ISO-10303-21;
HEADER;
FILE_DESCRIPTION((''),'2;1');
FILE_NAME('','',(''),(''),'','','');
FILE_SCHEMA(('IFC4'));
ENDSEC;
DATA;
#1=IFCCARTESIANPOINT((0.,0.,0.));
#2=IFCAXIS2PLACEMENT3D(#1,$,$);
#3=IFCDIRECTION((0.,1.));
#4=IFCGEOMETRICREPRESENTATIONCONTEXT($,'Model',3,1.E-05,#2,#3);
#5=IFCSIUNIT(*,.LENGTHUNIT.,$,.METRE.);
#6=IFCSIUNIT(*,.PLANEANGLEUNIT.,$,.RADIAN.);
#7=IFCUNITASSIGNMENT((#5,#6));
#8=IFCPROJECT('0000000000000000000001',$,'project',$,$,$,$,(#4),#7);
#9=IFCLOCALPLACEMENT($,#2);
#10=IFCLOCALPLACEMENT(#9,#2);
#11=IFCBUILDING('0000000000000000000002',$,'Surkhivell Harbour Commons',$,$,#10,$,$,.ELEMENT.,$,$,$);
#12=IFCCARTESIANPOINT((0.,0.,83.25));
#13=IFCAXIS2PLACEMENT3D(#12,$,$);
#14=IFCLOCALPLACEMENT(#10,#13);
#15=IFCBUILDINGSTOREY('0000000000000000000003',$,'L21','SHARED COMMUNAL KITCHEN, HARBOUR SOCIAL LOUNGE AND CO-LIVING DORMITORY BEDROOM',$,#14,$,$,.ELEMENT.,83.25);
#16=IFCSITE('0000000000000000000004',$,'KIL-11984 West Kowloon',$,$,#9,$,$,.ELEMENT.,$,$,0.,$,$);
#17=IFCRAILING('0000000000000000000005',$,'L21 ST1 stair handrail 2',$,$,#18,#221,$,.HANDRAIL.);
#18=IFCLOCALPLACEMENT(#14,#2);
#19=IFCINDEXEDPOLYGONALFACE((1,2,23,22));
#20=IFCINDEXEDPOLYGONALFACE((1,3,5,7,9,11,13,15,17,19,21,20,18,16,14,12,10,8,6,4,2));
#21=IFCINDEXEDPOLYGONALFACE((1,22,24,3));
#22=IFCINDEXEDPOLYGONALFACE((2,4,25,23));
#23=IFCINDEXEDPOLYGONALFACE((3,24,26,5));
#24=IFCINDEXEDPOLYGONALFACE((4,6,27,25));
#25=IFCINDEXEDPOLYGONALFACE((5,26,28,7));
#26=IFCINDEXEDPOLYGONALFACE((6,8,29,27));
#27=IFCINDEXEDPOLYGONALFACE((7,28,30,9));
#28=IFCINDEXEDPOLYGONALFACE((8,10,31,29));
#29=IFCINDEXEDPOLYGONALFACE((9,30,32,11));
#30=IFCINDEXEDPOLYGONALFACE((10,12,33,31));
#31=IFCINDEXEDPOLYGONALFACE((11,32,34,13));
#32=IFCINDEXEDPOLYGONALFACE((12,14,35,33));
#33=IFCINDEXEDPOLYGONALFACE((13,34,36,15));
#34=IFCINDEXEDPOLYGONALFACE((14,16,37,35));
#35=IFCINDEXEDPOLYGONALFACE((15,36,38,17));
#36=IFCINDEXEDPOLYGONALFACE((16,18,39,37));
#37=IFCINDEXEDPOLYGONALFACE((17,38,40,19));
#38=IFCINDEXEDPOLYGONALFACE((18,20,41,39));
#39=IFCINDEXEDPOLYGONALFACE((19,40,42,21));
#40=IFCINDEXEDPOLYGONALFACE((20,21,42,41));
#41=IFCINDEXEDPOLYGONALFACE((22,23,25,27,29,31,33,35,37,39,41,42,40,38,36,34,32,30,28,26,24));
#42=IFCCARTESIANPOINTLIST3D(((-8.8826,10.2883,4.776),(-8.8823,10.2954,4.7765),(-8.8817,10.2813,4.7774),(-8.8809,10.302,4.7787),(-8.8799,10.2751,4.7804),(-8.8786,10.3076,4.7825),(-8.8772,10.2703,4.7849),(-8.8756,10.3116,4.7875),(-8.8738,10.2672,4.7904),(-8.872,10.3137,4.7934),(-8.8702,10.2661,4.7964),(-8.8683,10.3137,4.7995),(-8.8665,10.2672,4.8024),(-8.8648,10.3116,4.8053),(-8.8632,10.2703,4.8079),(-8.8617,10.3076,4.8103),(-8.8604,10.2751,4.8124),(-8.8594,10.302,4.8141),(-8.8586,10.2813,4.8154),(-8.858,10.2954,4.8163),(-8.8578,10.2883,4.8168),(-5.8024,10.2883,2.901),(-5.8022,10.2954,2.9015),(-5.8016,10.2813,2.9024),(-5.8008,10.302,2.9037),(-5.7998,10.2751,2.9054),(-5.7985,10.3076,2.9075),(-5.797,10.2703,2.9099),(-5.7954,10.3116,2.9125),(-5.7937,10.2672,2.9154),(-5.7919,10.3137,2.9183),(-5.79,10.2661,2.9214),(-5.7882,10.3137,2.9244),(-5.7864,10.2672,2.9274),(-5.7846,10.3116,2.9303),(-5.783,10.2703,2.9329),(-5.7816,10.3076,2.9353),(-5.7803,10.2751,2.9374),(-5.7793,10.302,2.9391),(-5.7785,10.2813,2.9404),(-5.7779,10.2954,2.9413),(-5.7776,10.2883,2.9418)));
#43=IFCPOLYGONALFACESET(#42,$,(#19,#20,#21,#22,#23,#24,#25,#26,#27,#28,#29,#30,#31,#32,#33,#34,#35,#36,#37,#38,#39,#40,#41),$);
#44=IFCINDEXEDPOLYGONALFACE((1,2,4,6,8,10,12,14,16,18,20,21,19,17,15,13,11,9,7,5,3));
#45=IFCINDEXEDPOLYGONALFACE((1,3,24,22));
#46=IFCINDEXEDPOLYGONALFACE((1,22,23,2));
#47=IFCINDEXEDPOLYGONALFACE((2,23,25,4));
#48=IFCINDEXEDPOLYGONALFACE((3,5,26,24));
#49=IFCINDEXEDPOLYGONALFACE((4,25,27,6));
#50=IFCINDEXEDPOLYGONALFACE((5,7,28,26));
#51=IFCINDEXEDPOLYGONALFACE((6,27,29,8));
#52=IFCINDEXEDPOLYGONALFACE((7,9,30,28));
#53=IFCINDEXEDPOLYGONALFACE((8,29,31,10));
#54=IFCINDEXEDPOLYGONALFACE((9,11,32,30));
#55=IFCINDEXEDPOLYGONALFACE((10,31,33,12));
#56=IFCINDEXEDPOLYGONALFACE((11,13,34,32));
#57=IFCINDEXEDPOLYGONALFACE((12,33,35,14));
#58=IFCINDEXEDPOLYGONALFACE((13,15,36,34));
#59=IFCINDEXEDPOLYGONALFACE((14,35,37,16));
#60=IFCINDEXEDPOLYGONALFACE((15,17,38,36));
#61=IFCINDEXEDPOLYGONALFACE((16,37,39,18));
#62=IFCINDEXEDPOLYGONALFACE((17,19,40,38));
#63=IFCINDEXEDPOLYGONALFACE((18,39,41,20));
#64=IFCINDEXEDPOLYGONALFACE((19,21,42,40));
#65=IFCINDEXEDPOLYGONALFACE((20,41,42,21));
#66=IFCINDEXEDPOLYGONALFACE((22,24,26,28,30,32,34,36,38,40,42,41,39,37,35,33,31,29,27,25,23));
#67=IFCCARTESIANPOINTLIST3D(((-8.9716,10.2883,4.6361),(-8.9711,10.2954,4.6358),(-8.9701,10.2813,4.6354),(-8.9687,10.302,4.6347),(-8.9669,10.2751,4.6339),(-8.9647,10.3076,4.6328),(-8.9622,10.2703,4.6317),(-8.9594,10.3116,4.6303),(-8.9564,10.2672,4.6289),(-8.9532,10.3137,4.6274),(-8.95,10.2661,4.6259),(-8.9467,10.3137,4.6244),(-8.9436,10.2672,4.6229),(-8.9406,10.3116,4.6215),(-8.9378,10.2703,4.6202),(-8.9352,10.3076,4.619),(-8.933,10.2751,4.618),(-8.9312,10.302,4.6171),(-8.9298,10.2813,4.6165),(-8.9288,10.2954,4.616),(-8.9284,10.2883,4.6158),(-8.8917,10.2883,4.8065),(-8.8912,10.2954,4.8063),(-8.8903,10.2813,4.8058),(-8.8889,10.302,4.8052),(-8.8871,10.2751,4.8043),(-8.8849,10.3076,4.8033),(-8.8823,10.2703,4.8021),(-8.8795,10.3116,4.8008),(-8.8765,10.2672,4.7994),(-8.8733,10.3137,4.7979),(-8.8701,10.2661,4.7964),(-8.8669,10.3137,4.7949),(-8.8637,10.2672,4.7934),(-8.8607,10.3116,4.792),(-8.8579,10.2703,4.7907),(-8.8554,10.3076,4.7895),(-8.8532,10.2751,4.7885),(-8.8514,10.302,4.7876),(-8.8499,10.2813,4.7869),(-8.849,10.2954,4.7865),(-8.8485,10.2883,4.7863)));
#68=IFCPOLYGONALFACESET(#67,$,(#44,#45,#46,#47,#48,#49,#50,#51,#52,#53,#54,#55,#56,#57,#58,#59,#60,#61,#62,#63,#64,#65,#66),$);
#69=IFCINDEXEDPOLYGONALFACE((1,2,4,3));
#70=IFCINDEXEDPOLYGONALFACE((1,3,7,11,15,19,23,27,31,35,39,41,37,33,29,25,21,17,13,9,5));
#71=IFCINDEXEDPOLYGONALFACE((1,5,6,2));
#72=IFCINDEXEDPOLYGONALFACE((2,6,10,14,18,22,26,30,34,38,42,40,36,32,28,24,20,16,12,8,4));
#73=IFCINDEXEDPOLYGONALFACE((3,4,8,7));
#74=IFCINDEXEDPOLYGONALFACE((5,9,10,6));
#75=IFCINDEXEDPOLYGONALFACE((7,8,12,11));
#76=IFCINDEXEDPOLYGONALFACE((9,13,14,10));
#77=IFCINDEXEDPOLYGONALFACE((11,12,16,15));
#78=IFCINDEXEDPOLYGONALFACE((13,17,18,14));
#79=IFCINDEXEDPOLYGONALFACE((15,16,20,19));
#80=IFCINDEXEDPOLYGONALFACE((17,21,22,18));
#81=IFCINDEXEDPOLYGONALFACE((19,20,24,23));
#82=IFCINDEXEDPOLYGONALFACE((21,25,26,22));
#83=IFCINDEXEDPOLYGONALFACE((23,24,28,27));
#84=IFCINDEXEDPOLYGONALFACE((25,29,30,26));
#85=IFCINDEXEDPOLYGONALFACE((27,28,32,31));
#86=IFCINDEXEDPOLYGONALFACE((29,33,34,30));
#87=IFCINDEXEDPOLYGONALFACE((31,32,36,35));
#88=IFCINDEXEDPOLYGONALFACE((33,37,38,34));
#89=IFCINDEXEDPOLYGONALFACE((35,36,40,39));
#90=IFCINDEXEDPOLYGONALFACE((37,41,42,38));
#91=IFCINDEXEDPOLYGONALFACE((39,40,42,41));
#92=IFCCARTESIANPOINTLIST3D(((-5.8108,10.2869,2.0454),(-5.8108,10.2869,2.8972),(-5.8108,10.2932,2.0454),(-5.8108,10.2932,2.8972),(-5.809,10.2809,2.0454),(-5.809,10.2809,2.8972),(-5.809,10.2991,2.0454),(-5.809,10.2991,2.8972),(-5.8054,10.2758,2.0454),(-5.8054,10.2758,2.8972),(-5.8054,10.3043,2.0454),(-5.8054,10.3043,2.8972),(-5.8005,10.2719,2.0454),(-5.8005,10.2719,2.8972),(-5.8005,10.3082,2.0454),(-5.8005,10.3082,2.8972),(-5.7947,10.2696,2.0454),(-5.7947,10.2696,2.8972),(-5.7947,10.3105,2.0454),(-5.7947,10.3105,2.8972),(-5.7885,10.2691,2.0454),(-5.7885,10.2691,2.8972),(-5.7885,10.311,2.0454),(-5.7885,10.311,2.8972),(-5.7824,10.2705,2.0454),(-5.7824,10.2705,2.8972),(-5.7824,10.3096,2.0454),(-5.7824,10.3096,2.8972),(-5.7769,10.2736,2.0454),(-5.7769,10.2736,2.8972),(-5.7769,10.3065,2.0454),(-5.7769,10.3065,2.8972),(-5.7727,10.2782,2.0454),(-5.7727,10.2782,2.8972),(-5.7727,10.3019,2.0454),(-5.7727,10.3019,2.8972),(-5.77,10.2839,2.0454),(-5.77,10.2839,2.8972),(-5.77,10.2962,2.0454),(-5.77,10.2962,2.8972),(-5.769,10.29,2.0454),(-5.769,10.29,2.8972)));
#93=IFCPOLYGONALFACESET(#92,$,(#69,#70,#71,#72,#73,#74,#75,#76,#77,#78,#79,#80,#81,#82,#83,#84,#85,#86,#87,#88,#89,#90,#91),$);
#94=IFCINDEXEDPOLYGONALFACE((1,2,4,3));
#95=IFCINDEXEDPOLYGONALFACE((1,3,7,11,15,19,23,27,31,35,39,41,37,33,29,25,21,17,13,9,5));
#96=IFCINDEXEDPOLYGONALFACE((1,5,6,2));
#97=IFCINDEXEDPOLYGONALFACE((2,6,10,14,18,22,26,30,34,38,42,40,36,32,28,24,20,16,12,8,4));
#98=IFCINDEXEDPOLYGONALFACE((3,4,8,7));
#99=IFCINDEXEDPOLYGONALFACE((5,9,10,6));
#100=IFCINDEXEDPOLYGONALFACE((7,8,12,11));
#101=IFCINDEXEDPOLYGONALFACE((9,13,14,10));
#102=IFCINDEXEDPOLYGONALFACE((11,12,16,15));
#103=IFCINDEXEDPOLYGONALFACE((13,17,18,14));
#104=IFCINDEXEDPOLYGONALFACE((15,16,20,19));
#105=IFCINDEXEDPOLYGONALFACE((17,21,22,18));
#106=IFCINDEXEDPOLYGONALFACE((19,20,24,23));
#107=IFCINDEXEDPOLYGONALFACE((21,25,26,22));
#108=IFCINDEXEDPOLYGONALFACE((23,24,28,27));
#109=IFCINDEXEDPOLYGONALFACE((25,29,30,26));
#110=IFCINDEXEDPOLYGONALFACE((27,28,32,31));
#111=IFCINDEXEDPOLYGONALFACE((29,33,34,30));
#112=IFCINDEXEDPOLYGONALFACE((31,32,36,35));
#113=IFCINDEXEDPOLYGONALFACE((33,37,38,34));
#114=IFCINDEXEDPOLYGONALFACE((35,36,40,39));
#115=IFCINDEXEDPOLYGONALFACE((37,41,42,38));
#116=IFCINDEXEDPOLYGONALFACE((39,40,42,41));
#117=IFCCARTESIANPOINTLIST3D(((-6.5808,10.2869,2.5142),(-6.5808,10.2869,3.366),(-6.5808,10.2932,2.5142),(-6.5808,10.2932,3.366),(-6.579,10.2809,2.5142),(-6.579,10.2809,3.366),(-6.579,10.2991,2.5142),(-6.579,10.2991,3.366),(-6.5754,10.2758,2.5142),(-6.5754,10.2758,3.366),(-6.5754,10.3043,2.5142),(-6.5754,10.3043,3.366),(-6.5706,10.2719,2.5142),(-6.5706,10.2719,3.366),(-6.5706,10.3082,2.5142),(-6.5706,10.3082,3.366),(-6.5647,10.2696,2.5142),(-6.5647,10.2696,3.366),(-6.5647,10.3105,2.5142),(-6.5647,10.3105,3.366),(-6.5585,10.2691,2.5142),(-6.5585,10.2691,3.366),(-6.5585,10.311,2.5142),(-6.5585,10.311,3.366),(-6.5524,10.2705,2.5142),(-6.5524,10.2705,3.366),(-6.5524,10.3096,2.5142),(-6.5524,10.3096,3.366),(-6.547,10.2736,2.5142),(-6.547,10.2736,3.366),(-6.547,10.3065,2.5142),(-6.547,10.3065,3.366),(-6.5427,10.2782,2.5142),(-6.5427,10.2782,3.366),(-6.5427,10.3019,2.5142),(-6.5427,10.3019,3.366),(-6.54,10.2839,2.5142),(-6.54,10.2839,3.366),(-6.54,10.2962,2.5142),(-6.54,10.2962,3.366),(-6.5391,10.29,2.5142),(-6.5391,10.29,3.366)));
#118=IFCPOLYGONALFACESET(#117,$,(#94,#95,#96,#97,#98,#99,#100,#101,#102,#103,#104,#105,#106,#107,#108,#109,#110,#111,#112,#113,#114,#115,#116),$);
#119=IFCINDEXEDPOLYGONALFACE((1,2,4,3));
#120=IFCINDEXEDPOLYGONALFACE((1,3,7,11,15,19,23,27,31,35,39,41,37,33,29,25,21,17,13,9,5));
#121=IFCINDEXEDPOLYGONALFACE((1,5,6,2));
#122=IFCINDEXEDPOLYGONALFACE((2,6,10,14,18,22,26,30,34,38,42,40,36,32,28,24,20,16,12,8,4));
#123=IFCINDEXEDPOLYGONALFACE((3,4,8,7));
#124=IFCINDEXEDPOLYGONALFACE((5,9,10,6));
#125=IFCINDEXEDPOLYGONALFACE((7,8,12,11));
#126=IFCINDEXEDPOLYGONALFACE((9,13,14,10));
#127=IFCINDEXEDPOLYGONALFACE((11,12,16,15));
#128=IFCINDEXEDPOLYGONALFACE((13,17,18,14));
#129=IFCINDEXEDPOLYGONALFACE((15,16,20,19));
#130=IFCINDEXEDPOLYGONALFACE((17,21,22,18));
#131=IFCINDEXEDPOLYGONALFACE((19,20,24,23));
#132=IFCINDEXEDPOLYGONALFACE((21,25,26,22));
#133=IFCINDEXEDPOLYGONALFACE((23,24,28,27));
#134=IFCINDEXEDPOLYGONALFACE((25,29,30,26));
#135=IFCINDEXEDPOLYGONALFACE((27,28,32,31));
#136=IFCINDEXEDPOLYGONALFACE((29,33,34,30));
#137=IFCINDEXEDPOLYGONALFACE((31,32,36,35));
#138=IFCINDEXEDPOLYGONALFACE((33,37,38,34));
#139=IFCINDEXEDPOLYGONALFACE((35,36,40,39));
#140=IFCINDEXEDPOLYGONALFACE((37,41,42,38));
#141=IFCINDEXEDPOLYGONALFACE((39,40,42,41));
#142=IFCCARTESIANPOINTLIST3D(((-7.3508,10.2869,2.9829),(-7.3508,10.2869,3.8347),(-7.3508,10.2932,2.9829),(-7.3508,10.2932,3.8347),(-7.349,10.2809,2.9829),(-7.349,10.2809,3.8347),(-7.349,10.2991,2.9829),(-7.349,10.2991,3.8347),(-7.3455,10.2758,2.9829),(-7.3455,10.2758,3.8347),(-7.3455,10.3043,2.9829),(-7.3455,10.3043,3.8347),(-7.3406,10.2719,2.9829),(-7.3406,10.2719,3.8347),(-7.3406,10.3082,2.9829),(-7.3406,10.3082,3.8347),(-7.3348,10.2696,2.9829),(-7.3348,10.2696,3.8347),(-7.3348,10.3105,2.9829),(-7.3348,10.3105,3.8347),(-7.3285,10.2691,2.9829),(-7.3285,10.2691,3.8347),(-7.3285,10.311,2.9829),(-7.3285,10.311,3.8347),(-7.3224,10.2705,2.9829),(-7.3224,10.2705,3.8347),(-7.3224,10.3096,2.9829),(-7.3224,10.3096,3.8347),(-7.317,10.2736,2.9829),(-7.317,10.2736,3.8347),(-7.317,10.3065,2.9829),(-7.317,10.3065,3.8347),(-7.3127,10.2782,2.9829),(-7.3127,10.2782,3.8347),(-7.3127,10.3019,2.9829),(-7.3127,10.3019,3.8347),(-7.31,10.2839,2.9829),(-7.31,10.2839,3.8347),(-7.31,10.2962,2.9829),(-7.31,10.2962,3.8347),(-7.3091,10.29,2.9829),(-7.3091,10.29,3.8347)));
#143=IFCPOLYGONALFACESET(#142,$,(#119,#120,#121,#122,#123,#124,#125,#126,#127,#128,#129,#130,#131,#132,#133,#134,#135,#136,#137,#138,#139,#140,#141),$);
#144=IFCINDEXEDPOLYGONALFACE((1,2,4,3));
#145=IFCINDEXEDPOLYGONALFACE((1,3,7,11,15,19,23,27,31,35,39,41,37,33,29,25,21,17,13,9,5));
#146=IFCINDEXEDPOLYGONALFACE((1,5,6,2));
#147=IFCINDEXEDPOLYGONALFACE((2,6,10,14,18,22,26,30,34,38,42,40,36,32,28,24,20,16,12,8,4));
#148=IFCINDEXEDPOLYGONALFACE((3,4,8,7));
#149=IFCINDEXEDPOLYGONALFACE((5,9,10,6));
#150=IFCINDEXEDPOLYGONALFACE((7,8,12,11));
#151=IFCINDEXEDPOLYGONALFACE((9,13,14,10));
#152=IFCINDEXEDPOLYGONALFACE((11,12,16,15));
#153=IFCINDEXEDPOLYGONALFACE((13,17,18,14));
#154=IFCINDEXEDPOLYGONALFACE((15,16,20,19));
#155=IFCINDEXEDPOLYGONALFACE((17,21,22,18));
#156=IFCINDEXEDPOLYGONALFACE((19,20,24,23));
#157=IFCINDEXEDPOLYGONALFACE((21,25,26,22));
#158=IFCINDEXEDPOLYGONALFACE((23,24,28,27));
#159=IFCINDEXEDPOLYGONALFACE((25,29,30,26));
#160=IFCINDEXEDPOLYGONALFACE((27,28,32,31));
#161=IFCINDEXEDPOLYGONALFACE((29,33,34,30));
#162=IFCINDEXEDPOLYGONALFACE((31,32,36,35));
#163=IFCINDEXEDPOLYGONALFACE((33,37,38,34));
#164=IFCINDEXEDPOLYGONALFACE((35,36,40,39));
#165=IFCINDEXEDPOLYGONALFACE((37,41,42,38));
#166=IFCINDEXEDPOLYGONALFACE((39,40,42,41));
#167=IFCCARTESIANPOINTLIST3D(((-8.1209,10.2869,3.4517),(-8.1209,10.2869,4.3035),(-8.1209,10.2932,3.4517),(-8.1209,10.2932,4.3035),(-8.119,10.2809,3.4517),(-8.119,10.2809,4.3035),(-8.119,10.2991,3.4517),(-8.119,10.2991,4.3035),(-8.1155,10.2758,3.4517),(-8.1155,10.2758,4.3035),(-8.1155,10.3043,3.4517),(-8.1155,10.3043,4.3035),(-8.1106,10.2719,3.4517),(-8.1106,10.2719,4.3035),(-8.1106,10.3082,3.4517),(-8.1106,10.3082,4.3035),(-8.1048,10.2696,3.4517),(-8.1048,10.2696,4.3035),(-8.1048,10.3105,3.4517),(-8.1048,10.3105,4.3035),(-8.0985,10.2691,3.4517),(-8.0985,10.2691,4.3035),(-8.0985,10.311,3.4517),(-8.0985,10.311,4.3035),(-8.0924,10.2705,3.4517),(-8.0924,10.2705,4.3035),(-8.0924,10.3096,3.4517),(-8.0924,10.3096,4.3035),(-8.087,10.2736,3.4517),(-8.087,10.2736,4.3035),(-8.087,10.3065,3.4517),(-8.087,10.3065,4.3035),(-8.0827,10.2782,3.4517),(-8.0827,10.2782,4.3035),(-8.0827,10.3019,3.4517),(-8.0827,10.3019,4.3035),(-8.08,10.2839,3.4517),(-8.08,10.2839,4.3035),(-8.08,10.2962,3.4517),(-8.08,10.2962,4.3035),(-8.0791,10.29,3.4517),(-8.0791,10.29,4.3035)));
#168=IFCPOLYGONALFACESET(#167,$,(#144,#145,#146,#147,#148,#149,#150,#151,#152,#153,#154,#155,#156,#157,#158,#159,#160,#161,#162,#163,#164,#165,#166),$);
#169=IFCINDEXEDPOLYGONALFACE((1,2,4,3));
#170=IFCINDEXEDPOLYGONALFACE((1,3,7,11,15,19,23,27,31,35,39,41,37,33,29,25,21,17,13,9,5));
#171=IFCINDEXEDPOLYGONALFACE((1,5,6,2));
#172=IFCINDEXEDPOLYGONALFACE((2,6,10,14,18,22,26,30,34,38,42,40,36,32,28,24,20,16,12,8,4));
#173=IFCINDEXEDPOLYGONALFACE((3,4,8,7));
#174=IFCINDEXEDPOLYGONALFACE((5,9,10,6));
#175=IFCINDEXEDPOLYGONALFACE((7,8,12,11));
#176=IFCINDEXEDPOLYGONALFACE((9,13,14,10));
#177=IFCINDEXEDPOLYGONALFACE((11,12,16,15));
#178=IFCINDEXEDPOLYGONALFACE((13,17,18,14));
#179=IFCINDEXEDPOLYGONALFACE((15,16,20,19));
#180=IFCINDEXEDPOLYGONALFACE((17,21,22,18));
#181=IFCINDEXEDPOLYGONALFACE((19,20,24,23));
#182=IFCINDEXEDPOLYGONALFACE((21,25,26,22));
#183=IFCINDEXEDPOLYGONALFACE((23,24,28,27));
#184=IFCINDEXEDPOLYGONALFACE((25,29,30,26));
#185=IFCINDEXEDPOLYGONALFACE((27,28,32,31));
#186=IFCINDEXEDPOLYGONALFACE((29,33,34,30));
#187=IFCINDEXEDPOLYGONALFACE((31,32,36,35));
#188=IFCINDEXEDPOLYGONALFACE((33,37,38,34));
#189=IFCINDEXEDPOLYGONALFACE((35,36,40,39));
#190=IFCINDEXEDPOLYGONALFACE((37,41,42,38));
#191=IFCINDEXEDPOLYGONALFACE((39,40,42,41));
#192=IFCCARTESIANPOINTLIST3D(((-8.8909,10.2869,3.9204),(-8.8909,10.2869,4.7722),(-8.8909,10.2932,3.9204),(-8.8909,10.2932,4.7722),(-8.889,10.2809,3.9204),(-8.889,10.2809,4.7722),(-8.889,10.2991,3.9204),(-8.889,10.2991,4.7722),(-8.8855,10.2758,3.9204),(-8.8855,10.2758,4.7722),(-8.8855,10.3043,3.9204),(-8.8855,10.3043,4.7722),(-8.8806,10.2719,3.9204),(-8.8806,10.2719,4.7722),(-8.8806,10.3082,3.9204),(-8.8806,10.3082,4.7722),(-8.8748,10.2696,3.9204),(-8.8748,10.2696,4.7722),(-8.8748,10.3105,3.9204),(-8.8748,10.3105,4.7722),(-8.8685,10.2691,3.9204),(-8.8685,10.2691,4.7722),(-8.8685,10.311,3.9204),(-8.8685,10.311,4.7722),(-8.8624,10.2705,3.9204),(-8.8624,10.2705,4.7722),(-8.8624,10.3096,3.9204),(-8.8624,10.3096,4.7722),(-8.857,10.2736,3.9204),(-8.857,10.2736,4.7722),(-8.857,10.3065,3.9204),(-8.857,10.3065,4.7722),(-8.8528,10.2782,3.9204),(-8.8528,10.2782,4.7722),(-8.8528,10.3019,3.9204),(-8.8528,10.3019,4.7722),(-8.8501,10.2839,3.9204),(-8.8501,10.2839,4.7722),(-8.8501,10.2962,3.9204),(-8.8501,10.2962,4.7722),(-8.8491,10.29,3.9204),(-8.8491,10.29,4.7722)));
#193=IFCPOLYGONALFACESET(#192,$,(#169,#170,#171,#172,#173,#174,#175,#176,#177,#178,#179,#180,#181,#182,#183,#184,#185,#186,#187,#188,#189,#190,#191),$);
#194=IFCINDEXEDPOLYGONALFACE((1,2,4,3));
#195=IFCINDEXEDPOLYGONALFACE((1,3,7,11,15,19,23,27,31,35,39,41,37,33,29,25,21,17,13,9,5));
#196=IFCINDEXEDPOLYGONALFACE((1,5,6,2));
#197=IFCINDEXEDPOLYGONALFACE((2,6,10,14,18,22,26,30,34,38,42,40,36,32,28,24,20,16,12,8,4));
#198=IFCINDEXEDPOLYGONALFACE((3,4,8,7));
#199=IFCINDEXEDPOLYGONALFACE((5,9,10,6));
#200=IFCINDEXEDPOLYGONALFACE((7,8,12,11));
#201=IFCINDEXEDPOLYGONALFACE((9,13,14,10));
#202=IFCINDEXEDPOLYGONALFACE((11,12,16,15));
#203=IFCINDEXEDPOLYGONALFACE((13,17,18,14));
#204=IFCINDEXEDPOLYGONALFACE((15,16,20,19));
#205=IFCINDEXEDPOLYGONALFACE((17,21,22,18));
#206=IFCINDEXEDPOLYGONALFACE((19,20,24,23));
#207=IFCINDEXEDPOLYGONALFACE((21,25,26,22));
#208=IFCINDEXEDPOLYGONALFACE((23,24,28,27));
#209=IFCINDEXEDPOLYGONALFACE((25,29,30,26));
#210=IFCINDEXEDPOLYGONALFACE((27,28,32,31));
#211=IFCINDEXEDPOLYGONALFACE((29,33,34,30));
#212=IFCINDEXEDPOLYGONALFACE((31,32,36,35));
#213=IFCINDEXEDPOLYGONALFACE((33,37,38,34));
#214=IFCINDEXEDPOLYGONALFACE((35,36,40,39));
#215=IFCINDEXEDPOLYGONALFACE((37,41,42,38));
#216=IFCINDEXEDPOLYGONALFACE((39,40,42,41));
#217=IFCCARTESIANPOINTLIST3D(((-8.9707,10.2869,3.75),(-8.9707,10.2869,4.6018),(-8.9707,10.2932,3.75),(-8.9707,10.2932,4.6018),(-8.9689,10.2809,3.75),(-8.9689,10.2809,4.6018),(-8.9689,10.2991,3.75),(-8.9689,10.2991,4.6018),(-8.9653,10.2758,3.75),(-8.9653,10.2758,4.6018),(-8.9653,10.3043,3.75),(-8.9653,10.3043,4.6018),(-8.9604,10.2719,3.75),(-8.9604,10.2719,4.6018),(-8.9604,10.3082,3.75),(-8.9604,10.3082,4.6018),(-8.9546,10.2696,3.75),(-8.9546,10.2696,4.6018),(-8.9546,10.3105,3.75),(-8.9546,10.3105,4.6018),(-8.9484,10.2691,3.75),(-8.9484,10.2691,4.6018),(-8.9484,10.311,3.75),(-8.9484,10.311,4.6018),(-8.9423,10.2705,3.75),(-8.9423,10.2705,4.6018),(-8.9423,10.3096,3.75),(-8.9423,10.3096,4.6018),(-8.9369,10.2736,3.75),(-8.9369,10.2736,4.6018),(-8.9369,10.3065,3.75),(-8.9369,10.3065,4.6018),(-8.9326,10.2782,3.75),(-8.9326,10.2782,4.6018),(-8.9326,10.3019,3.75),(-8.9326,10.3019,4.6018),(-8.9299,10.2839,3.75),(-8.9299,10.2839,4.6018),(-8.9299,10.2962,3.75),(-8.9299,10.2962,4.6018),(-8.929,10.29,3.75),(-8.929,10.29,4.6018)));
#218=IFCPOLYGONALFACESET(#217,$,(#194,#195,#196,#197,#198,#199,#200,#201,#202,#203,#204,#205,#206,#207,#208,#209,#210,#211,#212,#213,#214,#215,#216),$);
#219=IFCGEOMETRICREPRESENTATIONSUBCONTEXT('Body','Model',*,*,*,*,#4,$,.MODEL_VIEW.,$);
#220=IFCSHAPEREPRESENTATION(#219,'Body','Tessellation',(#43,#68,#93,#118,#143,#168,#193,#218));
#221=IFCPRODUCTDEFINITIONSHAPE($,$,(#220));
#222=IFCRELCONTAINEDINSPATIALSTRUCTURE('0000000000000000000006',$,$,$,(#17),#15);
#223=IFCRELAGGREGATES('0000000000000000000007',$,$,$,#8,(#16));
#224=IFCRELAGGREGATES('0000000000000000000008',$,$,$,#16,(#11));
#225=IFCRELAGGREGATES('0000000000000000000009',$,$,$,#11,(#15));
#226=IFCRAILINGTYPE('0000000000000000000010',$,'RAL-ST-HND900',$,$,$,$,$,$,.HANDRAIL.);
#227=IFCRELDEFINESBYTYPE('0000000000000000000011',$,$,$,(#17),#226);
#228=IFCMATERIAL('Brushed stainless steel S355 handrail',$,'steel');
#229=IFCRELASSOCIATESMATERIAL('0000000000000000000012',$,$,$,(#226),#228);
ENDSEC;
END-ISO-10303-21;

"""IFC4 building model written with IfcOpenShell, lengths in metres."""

from ifc_helpers import new_model, si_unit, direction, frame, origin, origin_2d, place, context, subcontext, project, spatial, circle, extrude, material, type_object, element, save


model = new_model("IFC4")

# Units and contexts
model_context = context("Model", 3, precision=1e-05, world=origin(), true_north=direction((0.0, 1.0)))
body_context = subcontext(model_context, "Body", "Model", "MODEL_VIEW")
ifc_project = project(units=[si_unit("LENGTHUNIT", "METRE"), si_unit("PLANEANGLEUNIT", "RADIAN")], contexts=[model_context])

# Site, building, storey
site_placement = place(None, origin())
site = spatial("IfcSite", under=ifc_project, at=site_placement, Name="KIL-11984 West Kowloon", CompositionType="ELEMENT", RefElevation=0.0)
building_placement = place(site_placement, origin())
building = spatial("IfcBuilding", under=site, at=building_placement, Name="Surkhivell Harbour Commons", CompositionType="ELEMENT")
storey_placement = place(building_placement, frame((0.0, 0.0, 83.25)))
storey = spatial("IfcBuildingStorey", under=building, at=storey_placement, Name="L21", Description="SHARED COMMUNAL KITCHEN, HARBOUR SOCIAL LOUNGE AND CO-LIVING DORMITORY BEDROOM", CompositionType="ELEMENT", Elevation=83.25)

# Railing
ifc_material_1 = material(Name="Brushed stainless steel S355 handrail", Category="steel")
railing_type_1 = type_object("IfcRailingType", Name="RAL-ST-HND900", PredefinedType="HANDRAIL", material=ifc_material_1)
railing_1_placement = place(storey_placement, frame((-5.79, 10.29, 2.0454)))
element("IfcRailing", 1, at=railing_1_placement, inside=storey, type_object=railing_type_1, Name="L21 ST1 stair handrail 2", PredefinedType="HANDRAIL", context=body_context, shape_type="SweptSolid", body=[
    extrude(circle(Radius=0.0239, at=origin_2d()), frame((0.0, 0.0, 0.876), z_axis=(-0.854178, 0.0, 0.519981), x_axis=(0.0, -1.0, 0.0)), (0.0, 0.0, 1.0), 3.606),
    extrude(circle(Radius=0.0239, at=origin_2d()), frame((-3.0801, 0.0, 2.751), z_axis=(-0.424234, 0.0, -0.905552), x_axis=(0.0, -1.0, 0.0)), (0.0, 0.0, 1.0), 0.1882),
    extrude(circle(Radius=0.021, at=origin_2d()), origin(), (0.0, 0.0, 1.0), 0.8518),
    extrude(circle(Radius=0.021, at=origin_2d()), frame((-0.77, 0.0, 0.4688)), (0.0, 0.0, 1.0), 0.8518),
    extrude(circle(Radius=0.021, at=origin_2d()), frame((-1.54, 0.0, 0.9375)), (0.0, 0.0, 1.0), 0.8518),
    extrude(circle(Radius=0.021, at=origin_2d()), frame((-2.3101, 0.0, 1.4062)), (0.0, 0.0, 1.0), 0.8518),
    extrude(circle(Radius=0.021, at=origin_2d()), frame((-3.0801, 0.0, 1.875)), (0.0, 0.0, 1.0), 0.8518),
    extrude(circle(Radius=0.021, at=origin_2d()), frame((-3.1599, 0.0, 1.7046)), (0.0, 0.0, 1.0), 0.8518),
])

save(model, "model.ifc")
